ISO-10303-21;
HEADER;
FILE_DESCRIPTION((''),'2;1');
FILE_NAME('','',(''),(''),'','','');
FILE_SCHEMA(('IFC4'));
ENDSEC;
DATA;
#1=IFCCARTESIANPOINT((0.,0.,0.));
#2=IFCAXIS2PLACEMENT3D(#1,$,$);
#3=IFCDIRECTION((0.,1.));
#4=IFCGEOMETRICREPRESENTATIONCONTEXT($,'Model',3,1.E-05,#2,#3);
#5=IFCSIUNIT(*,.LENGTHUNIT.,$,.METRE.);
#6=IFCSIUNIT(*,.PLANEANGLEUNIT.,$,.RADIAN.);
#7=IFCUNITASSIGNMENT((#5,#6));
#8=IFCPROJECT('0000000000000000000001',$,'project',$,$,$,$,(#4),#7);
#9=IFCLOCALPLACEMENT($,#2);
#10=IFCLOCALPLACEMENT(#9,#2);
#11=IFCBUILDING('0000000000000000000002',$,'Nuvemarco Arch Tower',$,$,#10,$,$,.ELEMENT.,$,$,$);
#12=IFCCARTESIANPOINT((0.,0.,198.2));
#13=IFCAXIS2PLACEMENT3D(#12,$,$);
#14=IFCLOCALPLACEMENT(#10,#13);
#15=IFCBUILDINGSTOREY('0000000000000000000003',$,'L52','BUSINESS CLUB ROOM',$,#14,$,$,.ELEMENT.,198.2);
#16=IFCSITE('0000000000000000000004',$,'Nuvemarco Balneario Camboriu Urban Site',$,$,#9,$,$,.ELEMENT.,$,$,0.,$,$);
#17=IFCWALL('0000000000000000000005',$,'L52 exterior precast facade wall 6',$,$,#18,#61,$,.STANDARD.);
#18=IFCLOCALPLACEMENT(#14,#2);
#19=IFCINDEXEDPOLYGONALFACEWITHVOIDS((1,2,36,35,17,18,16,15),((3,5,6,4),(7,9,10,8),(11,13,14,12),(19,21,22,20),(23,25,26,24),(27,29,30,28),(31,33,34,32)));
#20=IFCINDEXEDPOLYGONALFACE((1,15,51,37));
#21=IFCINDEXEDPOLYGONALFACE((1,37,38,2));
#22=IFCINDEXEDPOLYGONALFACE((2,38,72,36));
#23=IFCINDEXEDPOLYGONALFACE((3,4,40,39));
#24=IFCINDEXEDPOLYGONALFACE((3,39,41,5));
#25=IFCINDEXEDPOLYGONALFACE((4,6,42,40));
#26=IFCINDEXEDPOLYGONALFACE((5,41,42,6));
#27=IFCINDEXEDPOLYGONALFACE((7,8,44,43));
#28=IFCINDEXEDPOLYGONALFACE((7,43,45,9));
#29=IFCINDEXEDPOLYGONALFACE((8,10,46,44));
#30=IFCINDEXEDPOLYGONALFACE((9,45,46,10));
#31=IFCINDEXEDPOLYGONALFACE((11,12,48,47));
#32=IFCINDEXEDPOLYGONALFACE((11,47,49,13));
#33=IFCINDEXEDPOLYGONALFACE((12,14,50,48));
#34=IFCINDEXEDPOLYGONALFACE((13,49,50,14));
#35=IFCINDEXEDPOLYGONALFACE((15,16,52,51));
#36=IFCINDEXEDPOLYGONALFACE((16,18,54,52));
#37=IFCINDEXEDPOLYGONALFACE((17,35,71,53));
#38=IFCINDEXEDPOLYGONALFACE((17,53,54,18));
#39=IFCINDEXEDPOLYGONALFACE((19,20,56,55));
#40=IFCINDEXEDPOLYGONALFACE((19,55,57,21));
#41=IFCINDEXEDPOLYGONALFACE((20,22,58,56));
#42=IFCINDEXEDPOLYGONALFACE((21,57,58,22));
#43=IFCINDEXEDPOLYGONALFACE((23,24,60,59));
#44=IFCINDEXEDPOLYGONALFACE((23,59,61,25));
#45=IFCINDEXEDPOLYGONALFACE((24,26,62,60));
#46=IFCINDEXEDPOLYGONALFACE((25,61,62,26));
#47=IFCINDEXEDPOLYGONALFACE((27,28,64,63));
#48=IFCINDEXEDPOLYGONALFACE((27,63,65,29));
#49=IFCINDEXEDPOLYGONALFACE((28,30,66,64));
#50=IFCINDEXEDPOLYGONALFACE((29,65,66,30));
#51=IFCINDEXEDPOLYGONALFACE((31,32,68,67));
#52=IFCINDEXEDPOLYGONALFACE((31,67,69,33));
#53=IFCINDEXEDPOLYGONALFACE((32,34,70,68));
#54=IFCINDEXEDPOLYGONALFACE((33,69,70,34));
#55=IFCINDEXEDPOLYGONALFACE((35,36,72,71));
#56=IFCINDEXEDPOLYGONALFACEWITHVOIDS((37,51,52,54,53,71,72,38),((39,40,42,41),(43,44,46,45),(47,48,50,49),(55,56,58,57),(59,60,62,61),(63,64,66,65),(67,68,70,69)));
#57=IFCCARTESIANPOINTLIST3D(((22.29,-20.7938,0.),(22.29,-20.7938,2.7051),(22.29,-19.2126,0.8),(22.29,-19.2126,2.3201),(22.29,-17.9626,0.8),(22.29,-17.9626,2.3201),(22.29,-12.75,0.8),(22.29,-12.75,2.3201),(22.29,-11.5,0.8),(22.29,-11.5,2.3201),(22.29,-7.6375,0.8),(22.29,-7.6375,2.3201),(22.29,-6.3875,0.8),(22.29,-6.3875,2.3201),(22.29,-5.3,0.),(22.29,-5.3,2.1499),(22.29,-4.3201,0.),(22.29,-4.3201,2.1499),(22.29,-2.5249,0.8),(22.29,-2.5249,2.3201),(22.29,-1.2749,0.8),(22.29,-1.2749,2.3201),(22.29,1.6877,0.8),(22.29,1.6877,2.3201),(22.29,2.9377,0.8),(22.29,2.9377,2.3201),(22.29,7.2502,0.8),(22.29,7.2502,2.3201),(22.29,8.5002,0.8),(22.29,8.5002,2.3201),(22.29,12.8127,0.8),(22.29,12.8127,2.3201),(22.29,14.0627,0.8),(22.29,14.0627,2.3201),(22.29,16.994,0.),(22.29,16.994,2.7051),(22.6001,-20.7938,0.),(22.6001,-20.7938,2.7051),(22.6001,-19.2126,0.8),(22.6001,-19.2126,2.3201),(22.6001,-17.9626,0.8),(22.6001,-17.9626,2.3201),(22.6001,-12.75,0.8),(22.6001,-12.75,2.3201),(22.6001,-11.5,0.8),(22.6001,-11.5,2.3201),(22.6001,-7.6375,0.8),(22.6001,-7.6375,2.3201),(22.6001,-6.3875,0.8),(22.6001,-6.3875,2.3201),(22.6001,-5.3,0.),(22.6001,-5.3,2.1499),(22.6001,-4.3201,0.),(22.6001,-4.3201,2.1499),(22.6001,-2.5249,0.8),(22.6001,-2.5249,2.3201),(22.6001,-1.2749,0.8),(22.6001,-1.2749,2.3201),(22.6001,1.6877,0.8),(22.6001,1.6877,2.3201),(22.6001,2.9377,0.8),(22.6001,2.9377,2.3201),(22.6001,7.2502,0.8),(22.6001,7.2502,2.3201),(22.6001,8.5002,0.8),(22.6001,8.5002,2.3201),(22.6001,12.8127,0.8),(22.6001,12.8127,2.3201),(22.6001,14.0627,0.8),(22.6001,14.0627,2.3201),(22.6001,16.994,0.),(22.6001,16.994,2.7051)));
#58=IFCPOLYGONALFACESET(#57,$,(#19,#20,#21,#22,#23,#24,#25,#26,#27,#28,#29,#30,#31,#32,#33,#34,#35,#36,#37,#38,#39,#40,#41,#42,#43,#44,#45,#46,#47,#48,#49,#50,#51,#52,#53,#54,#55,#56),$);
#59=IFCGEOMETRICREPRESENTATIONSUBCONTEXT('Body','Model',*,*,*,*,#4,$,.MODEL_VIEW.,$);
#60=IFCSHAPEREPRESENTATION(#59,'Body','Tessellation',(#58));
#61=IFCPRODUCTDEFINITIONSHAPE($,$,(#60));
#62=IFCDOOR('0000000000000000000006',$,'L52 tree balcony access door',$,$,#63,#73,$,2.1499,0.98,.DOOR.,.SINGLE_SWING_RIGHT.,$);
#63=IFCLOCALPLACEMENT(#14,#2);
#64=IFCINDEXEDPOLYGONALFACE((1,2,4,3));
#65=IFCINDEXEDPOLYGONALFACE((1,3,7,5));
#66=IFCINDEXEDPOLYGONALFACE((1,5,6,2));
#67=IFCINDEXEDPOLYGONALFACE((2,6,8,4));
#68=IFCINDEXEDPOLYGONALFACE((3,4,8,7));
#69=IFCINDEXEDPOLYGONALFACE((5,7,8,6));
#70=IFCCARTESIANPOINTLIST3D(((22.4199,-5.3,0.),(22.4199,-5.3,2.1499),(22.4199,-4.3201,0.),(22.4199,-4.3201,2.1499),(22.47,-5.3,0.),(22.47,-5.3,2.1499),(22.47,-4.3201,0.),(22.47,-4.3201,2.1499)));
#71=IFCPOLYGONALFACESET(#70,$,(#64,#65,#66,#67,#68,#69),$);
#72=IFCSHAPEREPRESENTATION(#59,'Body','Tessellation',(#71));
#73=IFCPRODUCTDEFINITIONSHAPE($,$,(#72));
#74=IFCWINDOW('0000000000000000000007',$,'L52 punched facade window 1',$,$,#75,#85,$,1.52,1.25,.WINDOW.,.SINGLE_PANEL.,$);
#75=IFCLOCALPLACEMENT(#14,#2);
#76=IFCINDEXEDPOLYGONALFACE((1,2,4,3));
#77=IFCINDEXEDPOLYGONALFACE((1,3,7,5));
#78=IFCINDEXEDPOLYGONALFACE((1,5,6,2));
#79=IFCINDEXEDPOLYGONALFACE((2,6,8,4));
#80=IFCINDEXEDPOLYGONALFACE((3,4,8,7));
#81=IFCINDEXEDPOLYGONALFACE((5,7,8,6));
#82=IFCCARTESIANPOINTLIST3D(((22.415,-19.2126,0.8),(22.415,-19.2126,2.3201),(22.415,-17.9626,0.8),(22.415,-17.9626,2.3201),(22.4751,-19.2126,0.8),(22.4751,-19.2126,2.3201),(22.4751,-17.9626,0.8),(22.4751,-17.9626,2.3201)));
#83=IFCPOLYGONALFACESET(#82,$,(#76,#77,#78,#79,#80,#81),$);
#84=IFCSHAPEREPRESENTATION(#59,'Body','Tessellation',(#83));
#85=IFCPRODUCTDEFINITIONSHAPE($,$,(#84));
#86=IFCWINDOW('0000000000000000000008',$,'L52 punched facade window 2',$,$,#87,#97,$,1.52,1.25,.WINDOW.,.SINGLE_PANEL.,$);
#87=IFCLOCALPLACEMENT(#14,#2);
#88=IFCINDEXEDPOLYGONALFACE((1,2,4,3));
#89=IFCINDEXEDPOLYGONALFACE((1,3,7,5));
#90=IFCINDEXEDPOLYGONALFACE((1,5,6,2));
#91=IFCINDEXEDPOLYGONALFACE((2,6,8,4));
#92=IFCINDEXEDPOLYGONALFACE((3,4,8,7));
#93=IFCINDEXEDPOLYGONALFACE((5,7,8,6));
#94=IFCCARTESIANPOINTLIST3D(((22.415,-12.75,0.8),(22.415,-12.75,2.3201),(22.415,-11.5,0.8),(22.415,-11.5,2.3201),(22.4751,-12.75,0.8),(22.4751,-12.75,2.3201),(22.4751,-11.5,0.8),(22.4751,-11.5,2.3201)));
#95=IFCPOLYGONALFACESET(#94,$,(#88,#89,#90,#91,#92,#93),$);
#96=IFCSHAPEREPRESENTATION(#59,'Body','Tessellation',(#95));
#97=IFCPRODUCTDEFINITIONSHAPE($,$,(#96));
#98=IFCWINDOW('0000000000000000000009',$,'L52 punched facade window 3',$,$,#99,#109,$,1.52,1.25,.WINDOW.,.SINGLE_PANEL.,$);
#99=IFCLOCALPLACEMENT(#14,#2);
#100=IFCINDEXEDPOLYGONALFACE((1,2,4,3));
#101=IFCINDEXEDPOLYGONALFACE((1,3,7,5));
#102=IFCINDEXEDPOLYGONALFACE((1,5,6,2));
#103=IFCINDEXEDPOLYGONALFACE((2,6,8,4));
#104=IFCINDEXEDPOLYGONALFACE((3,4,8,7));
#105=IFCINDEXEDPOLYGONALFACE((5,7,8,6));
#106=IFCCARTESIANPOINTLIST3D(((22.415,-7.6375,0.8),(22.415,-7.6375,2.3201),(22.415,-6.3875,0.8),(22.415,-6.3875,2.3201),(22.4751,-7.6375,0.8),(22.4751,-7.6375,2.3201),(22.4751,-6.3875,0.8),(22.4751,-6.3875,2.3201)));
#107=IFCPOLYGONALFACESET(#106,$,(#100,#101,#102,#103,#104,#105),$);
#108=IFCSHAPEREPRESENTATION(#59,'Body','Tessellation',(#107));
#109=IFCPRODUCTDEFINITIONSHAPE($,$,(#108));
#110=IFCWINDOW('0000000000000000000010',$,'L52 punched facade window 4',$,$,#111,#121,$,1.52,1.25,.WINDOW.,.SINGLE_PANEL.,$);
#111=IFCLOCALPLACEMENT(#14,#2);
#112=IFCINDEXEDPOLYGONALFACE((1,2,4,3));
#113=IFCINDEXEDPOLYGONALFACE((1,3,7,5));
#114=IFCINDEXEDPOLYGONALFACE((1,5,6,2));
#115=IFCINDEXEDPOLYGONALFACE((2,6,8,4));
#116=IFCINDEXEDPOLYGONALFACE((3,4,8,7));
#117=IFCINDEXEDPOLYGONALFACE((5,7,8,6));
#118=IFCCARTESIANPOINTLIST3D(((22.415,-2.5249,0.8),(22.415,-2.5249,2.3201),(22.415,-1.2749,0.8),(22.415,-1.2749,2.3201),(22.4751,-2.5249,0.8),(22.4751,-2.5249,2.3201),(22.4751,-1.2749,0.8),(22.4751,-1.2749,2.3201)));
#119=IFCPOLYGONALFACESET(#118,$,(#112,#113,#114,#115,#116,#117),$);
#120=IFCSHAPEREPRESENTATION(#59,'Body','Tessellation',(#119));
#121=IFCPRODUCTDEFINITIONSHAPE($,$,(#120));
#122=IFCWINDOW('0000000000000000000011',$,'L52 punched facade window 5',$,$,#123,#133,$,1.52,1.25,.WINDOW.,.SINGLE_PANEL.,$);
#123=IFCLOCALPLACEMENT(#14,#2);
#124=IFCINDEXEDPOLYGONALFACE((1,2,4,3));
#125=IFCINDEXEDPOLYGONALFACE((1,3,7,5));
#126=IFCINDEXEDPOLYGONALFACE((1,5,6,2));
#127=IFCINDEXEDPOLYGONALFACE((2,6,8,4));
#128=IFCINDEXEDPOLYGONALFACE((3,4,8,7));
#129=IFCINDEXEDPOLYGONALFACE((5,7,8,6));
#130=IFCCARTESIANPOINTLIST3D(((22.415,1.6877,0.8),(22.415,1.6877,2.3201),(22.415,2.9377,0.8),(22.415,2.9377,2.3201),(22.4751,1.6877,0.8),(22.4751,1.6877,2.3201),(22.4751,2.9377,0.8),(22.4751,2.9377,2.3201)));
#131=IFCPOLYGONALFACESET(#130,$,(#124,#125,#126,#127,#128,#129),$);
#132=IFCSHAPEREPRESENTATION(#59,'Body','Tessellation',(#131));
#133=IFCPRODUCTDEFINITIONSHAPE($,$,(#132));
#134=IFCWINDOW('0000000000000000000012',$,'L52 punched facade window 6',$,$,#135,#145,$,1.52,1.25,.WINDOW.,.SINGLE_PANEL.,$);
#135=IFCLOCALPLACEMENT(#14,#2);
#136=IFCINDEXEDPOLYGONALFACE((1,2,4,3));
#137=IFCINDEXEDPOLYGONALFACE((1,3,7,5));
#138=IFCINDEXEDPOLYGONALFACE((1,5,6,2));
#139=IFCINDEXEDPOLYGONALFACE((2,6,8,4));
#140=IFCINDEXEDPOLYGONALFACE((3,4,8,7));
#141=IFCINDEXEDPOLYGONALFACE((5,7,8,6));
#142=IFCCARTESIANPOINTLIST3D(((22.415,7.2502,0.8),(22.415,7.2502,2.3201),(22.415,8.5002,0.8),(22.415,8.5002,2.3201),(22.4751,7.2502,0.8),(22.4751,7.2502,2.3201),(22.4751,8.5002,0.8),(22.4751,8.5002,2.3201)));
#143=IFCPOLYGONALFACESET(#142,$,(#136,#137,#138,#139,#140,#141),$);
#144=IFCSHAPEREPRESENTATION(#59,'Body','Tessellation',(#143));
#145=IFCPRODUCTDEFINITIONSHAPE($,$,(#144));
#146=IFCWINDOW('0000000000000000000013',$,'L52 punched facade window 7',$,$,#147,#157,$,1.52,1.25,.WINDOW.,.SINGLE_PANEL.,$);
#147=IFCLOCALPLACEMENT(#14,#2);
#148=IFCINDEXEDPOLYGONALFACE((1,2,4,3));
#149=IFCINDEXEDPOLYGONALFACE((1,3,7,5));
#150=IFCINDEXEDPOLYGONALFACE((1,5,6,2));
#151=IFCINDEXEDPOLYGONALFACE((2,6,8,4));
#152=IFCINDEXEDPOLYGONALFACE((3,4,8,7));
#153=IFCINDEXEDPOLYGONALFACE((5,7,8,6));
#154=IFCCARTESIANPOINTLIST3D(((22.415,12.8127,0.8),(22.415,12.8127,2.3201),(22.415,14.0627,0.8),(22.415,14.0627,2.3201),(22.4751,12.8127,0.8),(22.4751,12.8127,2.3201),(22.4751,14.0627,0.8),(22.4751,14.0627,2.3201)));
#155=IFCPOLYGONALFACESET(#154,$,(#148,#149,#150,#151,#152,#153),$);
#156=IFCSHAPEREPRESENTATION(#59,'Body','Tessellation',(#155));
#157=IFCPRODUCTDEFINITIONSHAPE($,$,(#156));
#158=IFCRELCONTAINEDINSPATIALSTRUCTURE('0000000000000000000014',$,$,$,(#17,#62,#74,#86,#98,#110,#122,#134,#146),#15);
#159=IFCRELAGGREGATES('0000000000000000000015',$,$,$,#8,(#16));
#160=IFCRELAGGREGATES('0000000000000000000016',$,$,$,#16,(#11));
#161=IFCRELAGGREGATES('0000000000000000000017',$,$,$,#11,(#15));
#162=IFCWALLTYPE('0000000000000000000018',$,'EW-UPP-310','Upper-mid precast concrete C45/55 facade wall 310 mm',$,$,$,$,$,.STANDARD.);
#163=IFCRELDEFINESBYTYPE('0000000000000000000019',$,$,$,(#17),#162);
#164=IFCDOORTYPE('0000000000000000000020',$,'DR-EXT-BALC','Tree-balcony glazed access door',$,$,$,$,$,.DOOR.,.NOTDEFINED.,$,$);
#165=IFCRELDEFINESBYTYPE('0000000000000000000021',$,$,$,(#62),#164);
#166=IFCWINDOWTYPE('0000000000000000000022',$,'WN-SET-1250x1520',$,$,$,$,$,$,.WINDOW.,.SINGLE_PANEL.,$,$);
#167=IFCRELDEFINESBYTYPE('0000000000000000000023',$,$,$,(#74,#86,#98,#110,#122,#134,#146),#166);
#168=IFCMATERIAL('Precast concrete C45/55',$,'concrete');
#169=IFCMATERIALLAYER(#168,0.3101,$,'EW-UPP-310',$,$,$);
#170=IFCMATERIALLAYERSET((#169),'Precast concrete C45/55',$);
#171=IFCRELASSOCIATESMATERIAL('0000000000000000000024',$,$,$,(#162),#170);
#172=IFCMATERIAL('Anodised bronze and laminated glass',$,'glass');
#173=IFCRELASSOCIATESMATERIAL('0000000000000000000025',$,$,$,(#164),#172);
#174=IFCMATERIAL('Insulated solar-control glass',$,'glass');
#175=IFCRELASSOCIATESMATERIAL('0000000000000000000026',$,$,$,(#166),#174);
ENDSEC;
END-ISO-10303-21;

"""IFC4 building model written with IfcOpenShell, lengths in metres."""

from ifc_helpers import new_model, si_unit, direction, frame, frame_2d, origin, place, context, subcontext, project, spatial, rectangle, extrude, source, transform, mapped, material, layer, layer_set, type_object, type_shapes, element, fill, save


model = new_model("IFC4")

# Units and contexts
model_context = context("Model", 3, precision=1e-05, world=origin(), true_north=direction((0.0, 1.0)))
body_context = subcontext(model_context, "Body", "Model", "MODEL_VIEW")
ifc_project = project(units=[si_unit("LENGTHUNIT", "METRE"), si_unit("PLANEANGLEUNIT", "RADIAN")], contexts=[model_context])

# Site, building, storey
site_placement = place(None, origin())
site = spatial("IfcSite", under=ifc_project, at=site_placement, Name="Nuvemarco Balneario Camboriu Urban Site", CompositionType="ELEMENT", RefElevation=0.0)
building_placement = place(site_placement, origin())
building = spatial("IfcBuilding", under=site, at=building_placement, Name="Nuvemarco Arch Tower", CompositionType="ELEMENT")
storey_placement = place(building_placement, frame((0.0, 0.0, 198.2)))
storey = spatial("IfcBuildingStorey", under=building, at=storey_placement, Name="L52", Description="BUSINESS CLUB ROOM", CompositionType="ELEMENT", Elevation=198.2)

# Shared definitions
ifc_material_1 = material(Name="Precast concrete C45/55", Category="concrete")

# Shared definitions
ifc_layer_1 = layer(ifc_material_1, 0.3101, Name="EW-UPP-310")
ifc_layer_set_1 = layer_set([ifc_layer_1], Name="Precast concrete C45/55")
wall_type_1 = type_object("IfcWallType", Name="EW-UPP-310", Description="Upper-mid precast concrete C45/55 facade wall 310 mm", PredefinedType="STANDARD", material=ifc_layer_set_1)

# Wall, openings, door, windows
wall_1_placement = place(storey_placement, frame((22.4451, -20.7939, 0.0), z_axis=(0.0, 0.0, 1.0), x_axis=(0.0, 1.0, 0.0)))
wall_1 = element("IfcWall", 1, at=wall_1_placement, inside=storey, type_object=wall_type_1, Name="L52 exterior precast facade wall 6", PredefinedType="STANDARD", context=body_context, shape_type="SweptSolid", body=[
    extrude(rectangle(XDim=37.7878, YDim=0.3101, at=frame_2d((18.894, 0.0))), origin(), (0.0, 0.0, 1.0), 2.7051),
])
opening_1_placement = place(wall_1_placement, frame((16.4739, 0.0, 0.0), z_axis=(0.0, 0.0, 1.0), x_axis=(-1.0, 0.0, 0.0)))
opening_1 = element("IfcOpeningElement", 2, at=opening_1_placement, cuts=wall_1, PredefinedType="OPENING", context=body_context, shape_type="SweptSolid", body=[
    extrude(rectangle(XDim=0.98, YDim=2.1499, at=frame_2d((0.49, 1.075))), frame((0.0, 0.165, 0.0), z_axis=(0.0, -1.0, 0.0), x_axis=(1.0, 0.0, 0.0)), (0.0, 0.0, 1.0), 0.3301),
])
opening_2_placement = place(wall_1_placement, frame((1.5813, 0.0, 0.8)))
opening_2 = element("IfcOpeningElement", 3, at=opening_2_placement, cuts=wall_1, PredefinedType="OPENING", context=body_context, shape_type="SweptSolid", body=[
    extrude(rectangle(XDim=1.25, YDim=1.52, at=frame_2d((0.625, 0.76))), frame((0.0, 0.165, 0.0), z_axis=(0.0, -1.0, 0.0), x_axis=(1.0, 0.0, 0.0)), (0.0, 0.0, 1.0), 0.3301),
])
opening_3_placement = place(wall_1_placement, frame((8.0439, 0.0, 0.8)))
opening_3 = element("IfcOpeningElement", 4, at=opening_3_placement, cuts=wall_1, PredefinedType="OPENING", context=body_context, shape_type="SweptSolid", body=[
    extrude(rectangle(XDim=1.25, YDim=1.52, at=frame_2d((0.625, 0.76))), frame((0.0, 0.165, 0.0), z_axis=(0.0, -1.0, 0.0), x_axis=(1.0, 0.0, 0.0)), (0.0, 0.0, 1.0), 0.3301),
])
opening_4_placement = place(wall_1_placement, frame((13.1565, 0.0, 0.8)))
opening_4 = element("IfcOpeningElement", 5, at=opening_4_placement, cuts=wall_1, PredefinedType="OPENING", context=body_context, shape_type="SweptSolid", body=[
    extrude(rectangle(XDim=1.25, YDim=1.52, at=frame_2d((0.625, 0.76))), frame((0.0, 0.165, 0.0), z_axis=(0.0, -1.0, 0.0), x_axis=(1.0, 0.0, 0.0)), (0.0, 0.0, 1.0), 0.3301),
])
opening_5_placement = place(wall_1_placement, frame((18.269, 0.0, 0.8)))
opening_5 = element("IfcOpeningElement", 6, at=opening_5_placement, cuts=wall_1, PredefinedType="OPENING", context=body_context, shape_type="SweptSolid", body=[
    extrude(rectangle(XDim=1.25, YDim=1.52, at=frame_2d((0.625, 0.76))), frame((0.0, 0.165, 0.0), z_axis=(0.0, -1.0, 0.0), x_axis=(1.0, 0.0, 0.0)), (0.0, 0.0, 1.0), 0.3301),
])
opening_6_placement = place(wall_1_placement, frame((22.4817, 0.0, 0.8)))
opening_6 = element("IfcOpeningElement", 7, at=opening_6_placement, cuts=wall_1, PredefinedType="OPENING", context=body_context, shape_type="SweptSolid", body=[
    extrude(rectangle(XDim=1.25, YDim=1.52, at=frame_2d((0.625, 0.76))), frame((0.0, 0.165, 0.0), z_axis=(0.0, -1.0, 0.0), x_axis=(1.0, 0.0, 0.0)), (0.0, 0.0, 1.0), 0.3301),
])
opening_7_placement = place(wall_1_placement, frame((28.0442, 0.0, 0.8)))
opening_7 = element("IfcOpeningElement", 8, at=opening_7_placement, cuts=wall_1, PredefinedType="OPENING", context=body_context, shape_type="SweptSolid", body=[
    extrude(rectangle(XDim=1.25, YDim=1.52, at=frame_2d((0.625, 0.76))), frame((0.0, 0.165, 0.0), z_axis=(0.0, -1.0, 0.0), x_axis=(1.0, 0.0, 0.0)), (0.0, 0.0, 1.0), 0.3301),
])
opening_8_placement = place(wall_1_placement, frame((33.6067, 0.0, 0.8)))
opening_8 = element("IfcOpeningElement", 9, at=opening_8_placement, cuts=wall_1, PredefinedType="OPENING", context=body_context, shape_type="SweptSolid", body=[
    extrude(rectangle(XDim=1.25, YDim=1.52, at=frame_2d((0.625, 0.76))), frame((0.0, 0.165, 0.0), z_axis=(0.0, -1.0, 0.0), x_axis=(1.0, 0.0, 0.0)), (0.0, 0.0, 1.0), 0.3301),
])
ifc_material_2 = material(Name="Anodised bronze and laminated glass", Category="glass")
door_type_1 = type_object("IfcDoorType", Name="DR-EXT-BALC", Description="Tree-balcony glazed access door", OperationType="NOTDEFINED", PredefinedType="DOOR", material=ifc_material_2)
shared_shape_1 = source(origin(), body_context, "Body", "SweptSolid", [
    extrude(rectangle(XDim=0.98, YDim=2.1499, at=frame_2d((0.49, 1.075))), frame((0.0, 0.0249, 0.0), z_axis=(0.0, -1.0, 0.0), x_axis=(1.0, 0.0, 0.0)), (0.0, 0.0, 1.0), 0.05),
])
type_shapes(door_type_1, [shared_shape_1])
door_1_placement = place(opening_1_placement, origin())
door_1 = element("IfcDoor", 10, at=door_1_placement, inside=storey, type_object=door_type_1, Name="L52 tree balcony access door", OperationType="SINGLE_SWING_RIGHT", OverallHeight=2.1499, OverallWidth=0.98, PredefinedType="DOOR", context=body_context, shape_type="MappedRepresentation", body=[
    mapped(shared_shape_1, transform((0.0, 0.0, 0.0), scale=1.0)),
])
fill(opening_1, door_1)
ifc_material_3 = material(Name="Insulated solar-control glass", Category="glass")
window_type = type_object("IfcWindowType", Name="WN-SET-1250x1520", PartitioningType="SINGLE_PANEL", PredefinedType="WINDOW", material=ifc_material_3)
shared_shape_2 = source(origin(), body_context, "Body", "SweptSolid", [
    extrude(rectangle(XDim=1.25, YDim=1.52, at=frame_2d((0.625, 0.76))), frame((0.0, 0.03, 0.0), z_axis=(0.0, -1.0, 0.0), x_axis=(1.0, 0.0, 0.0)), (0.0, 0.0, 1.0), 0.0601),
])
type_shapes(window_type, [shared_shape_2])
window_1_placement = place(opening_2_placement, origin())
window_1 = element("IfcWindow", 11, at=window_1_placement, inside=storey, type_object=window_type, Name="L52 punched facade window 1", OverallHeight=1.52, OverallWidth=1.25, PartitioningType="SINGLE_PANEL", PredefinedType="WINDOW", context=body_context, shape_type="MappedRepresentation", body=[
    mapped(shared_shape_2, transform((0.0, 0.0, 0.0), scale=1.0)),
])
fill(opening_2, window_1)
window_2_placement = place(opening_3_placement, origin())
window_2 = element("IfcWindow", 12, at=window_2_placement, inside=storey, type_object=window_type, Name="L52 punched facade window 2", OverallHeight=1.52, OverallWidth=1.25, PartitioningType="SINGLE_PANEL", PredefinedType="WINDOW", context=body_context, shape_type="MappedRepresentation", body=[
    mapped(shared_shape_2, transform((0.0, 0.0, 0.0), scale=1.0)),
])
fill(opening_3, window_2)
window_3_placement = place(opening_4_placement, origin())
window_3 = element("IfcWindow", 13, at=window_3_placement, inside=storey, type_object=window_type, Name="L52 punched facade window 3", OverallHeight=1.52, OverallWidth=1.25, PartitioningType="SINGLE_PANEL", PredefinedType="WINDOW", context=body_context, shape_type="MappedRepresentation", body=[
    mapped(shared_shape_2, transform((0.0, 0.0, 0.0), scale=1.0)),
])
fill(opening_4, window_3)
window_4_placement = place(opening_5_placement, origin())
window_4 = element("IfcWindow", 14, at=window_4_placement, inside=storey, type_object=window_type, Name="L52 punched facade window 4", OverallHeight=1.52, OverallWidth=1.25, PartitioningType="SINGLE_PANEL", PredefinedType="WINDOW", context=body_context, shape_type="MappedRepresentation", body=[
    mapped(shared_shape_2, transform((0.0, 0.0, 0.0), scale=1.0)),
])
fill(opening_5, window_4)
window_5_placement = place(opening_6_placement, origin())
window_5 = element("IfcWindow", 15, at=window_5_placement, inside=storey, type_object=window_type, Name="L52 punched facade window 5", OverallHeight=1.52, OverallWidth=1.25, PartitioningType="SINGLE_PANEL", PredefinedType="WINDOW", context=body_context, shape_type="MappedRepresentation", body=[
    mapped(shared_shape_2, transform((0.0, 0.0, 0.0), scale=1.0)),
])
fill(opening_6, window_5)
window_6_placement = place(opening_7_placement, origin())
window_6 = element("IfcWindow", 16, at=window_6_placement, inside=storey, type_object=window_type, Name="L52 punched facade window 6", OverallHeight=1.52, OverallWidth=1.25, PartitioningType="SINGLE_PANEL", PredefinedType="WINDOW", context=body_context, shape_type="MappedRepresentation", body=[
    mapped(shared_shape_2, transform((0.0, 0.0, 0.0), scale=1.0)),
])
fill(opening_7, window_6)
window_7_placement = place(opening_8_placement, origin())
window_7 = element("IfcWindow", 17, at=window_7_placement, inside=storey, type_object=window_type, Name="L52 punched facade window 7", OverallHeight=1.52, OverallWidth=1.25, PartitioningType="SINGLE_PANEL", PredefinedType="WINDOW", context=body_context, shape_type="MappedRepresentation", body=[
    mapped(shared_shape_2, transform((0.0, 0.0, 0.0), scale=1.0)),
])
fill(opening_8, window_7)

save(model, "model.ifc")
